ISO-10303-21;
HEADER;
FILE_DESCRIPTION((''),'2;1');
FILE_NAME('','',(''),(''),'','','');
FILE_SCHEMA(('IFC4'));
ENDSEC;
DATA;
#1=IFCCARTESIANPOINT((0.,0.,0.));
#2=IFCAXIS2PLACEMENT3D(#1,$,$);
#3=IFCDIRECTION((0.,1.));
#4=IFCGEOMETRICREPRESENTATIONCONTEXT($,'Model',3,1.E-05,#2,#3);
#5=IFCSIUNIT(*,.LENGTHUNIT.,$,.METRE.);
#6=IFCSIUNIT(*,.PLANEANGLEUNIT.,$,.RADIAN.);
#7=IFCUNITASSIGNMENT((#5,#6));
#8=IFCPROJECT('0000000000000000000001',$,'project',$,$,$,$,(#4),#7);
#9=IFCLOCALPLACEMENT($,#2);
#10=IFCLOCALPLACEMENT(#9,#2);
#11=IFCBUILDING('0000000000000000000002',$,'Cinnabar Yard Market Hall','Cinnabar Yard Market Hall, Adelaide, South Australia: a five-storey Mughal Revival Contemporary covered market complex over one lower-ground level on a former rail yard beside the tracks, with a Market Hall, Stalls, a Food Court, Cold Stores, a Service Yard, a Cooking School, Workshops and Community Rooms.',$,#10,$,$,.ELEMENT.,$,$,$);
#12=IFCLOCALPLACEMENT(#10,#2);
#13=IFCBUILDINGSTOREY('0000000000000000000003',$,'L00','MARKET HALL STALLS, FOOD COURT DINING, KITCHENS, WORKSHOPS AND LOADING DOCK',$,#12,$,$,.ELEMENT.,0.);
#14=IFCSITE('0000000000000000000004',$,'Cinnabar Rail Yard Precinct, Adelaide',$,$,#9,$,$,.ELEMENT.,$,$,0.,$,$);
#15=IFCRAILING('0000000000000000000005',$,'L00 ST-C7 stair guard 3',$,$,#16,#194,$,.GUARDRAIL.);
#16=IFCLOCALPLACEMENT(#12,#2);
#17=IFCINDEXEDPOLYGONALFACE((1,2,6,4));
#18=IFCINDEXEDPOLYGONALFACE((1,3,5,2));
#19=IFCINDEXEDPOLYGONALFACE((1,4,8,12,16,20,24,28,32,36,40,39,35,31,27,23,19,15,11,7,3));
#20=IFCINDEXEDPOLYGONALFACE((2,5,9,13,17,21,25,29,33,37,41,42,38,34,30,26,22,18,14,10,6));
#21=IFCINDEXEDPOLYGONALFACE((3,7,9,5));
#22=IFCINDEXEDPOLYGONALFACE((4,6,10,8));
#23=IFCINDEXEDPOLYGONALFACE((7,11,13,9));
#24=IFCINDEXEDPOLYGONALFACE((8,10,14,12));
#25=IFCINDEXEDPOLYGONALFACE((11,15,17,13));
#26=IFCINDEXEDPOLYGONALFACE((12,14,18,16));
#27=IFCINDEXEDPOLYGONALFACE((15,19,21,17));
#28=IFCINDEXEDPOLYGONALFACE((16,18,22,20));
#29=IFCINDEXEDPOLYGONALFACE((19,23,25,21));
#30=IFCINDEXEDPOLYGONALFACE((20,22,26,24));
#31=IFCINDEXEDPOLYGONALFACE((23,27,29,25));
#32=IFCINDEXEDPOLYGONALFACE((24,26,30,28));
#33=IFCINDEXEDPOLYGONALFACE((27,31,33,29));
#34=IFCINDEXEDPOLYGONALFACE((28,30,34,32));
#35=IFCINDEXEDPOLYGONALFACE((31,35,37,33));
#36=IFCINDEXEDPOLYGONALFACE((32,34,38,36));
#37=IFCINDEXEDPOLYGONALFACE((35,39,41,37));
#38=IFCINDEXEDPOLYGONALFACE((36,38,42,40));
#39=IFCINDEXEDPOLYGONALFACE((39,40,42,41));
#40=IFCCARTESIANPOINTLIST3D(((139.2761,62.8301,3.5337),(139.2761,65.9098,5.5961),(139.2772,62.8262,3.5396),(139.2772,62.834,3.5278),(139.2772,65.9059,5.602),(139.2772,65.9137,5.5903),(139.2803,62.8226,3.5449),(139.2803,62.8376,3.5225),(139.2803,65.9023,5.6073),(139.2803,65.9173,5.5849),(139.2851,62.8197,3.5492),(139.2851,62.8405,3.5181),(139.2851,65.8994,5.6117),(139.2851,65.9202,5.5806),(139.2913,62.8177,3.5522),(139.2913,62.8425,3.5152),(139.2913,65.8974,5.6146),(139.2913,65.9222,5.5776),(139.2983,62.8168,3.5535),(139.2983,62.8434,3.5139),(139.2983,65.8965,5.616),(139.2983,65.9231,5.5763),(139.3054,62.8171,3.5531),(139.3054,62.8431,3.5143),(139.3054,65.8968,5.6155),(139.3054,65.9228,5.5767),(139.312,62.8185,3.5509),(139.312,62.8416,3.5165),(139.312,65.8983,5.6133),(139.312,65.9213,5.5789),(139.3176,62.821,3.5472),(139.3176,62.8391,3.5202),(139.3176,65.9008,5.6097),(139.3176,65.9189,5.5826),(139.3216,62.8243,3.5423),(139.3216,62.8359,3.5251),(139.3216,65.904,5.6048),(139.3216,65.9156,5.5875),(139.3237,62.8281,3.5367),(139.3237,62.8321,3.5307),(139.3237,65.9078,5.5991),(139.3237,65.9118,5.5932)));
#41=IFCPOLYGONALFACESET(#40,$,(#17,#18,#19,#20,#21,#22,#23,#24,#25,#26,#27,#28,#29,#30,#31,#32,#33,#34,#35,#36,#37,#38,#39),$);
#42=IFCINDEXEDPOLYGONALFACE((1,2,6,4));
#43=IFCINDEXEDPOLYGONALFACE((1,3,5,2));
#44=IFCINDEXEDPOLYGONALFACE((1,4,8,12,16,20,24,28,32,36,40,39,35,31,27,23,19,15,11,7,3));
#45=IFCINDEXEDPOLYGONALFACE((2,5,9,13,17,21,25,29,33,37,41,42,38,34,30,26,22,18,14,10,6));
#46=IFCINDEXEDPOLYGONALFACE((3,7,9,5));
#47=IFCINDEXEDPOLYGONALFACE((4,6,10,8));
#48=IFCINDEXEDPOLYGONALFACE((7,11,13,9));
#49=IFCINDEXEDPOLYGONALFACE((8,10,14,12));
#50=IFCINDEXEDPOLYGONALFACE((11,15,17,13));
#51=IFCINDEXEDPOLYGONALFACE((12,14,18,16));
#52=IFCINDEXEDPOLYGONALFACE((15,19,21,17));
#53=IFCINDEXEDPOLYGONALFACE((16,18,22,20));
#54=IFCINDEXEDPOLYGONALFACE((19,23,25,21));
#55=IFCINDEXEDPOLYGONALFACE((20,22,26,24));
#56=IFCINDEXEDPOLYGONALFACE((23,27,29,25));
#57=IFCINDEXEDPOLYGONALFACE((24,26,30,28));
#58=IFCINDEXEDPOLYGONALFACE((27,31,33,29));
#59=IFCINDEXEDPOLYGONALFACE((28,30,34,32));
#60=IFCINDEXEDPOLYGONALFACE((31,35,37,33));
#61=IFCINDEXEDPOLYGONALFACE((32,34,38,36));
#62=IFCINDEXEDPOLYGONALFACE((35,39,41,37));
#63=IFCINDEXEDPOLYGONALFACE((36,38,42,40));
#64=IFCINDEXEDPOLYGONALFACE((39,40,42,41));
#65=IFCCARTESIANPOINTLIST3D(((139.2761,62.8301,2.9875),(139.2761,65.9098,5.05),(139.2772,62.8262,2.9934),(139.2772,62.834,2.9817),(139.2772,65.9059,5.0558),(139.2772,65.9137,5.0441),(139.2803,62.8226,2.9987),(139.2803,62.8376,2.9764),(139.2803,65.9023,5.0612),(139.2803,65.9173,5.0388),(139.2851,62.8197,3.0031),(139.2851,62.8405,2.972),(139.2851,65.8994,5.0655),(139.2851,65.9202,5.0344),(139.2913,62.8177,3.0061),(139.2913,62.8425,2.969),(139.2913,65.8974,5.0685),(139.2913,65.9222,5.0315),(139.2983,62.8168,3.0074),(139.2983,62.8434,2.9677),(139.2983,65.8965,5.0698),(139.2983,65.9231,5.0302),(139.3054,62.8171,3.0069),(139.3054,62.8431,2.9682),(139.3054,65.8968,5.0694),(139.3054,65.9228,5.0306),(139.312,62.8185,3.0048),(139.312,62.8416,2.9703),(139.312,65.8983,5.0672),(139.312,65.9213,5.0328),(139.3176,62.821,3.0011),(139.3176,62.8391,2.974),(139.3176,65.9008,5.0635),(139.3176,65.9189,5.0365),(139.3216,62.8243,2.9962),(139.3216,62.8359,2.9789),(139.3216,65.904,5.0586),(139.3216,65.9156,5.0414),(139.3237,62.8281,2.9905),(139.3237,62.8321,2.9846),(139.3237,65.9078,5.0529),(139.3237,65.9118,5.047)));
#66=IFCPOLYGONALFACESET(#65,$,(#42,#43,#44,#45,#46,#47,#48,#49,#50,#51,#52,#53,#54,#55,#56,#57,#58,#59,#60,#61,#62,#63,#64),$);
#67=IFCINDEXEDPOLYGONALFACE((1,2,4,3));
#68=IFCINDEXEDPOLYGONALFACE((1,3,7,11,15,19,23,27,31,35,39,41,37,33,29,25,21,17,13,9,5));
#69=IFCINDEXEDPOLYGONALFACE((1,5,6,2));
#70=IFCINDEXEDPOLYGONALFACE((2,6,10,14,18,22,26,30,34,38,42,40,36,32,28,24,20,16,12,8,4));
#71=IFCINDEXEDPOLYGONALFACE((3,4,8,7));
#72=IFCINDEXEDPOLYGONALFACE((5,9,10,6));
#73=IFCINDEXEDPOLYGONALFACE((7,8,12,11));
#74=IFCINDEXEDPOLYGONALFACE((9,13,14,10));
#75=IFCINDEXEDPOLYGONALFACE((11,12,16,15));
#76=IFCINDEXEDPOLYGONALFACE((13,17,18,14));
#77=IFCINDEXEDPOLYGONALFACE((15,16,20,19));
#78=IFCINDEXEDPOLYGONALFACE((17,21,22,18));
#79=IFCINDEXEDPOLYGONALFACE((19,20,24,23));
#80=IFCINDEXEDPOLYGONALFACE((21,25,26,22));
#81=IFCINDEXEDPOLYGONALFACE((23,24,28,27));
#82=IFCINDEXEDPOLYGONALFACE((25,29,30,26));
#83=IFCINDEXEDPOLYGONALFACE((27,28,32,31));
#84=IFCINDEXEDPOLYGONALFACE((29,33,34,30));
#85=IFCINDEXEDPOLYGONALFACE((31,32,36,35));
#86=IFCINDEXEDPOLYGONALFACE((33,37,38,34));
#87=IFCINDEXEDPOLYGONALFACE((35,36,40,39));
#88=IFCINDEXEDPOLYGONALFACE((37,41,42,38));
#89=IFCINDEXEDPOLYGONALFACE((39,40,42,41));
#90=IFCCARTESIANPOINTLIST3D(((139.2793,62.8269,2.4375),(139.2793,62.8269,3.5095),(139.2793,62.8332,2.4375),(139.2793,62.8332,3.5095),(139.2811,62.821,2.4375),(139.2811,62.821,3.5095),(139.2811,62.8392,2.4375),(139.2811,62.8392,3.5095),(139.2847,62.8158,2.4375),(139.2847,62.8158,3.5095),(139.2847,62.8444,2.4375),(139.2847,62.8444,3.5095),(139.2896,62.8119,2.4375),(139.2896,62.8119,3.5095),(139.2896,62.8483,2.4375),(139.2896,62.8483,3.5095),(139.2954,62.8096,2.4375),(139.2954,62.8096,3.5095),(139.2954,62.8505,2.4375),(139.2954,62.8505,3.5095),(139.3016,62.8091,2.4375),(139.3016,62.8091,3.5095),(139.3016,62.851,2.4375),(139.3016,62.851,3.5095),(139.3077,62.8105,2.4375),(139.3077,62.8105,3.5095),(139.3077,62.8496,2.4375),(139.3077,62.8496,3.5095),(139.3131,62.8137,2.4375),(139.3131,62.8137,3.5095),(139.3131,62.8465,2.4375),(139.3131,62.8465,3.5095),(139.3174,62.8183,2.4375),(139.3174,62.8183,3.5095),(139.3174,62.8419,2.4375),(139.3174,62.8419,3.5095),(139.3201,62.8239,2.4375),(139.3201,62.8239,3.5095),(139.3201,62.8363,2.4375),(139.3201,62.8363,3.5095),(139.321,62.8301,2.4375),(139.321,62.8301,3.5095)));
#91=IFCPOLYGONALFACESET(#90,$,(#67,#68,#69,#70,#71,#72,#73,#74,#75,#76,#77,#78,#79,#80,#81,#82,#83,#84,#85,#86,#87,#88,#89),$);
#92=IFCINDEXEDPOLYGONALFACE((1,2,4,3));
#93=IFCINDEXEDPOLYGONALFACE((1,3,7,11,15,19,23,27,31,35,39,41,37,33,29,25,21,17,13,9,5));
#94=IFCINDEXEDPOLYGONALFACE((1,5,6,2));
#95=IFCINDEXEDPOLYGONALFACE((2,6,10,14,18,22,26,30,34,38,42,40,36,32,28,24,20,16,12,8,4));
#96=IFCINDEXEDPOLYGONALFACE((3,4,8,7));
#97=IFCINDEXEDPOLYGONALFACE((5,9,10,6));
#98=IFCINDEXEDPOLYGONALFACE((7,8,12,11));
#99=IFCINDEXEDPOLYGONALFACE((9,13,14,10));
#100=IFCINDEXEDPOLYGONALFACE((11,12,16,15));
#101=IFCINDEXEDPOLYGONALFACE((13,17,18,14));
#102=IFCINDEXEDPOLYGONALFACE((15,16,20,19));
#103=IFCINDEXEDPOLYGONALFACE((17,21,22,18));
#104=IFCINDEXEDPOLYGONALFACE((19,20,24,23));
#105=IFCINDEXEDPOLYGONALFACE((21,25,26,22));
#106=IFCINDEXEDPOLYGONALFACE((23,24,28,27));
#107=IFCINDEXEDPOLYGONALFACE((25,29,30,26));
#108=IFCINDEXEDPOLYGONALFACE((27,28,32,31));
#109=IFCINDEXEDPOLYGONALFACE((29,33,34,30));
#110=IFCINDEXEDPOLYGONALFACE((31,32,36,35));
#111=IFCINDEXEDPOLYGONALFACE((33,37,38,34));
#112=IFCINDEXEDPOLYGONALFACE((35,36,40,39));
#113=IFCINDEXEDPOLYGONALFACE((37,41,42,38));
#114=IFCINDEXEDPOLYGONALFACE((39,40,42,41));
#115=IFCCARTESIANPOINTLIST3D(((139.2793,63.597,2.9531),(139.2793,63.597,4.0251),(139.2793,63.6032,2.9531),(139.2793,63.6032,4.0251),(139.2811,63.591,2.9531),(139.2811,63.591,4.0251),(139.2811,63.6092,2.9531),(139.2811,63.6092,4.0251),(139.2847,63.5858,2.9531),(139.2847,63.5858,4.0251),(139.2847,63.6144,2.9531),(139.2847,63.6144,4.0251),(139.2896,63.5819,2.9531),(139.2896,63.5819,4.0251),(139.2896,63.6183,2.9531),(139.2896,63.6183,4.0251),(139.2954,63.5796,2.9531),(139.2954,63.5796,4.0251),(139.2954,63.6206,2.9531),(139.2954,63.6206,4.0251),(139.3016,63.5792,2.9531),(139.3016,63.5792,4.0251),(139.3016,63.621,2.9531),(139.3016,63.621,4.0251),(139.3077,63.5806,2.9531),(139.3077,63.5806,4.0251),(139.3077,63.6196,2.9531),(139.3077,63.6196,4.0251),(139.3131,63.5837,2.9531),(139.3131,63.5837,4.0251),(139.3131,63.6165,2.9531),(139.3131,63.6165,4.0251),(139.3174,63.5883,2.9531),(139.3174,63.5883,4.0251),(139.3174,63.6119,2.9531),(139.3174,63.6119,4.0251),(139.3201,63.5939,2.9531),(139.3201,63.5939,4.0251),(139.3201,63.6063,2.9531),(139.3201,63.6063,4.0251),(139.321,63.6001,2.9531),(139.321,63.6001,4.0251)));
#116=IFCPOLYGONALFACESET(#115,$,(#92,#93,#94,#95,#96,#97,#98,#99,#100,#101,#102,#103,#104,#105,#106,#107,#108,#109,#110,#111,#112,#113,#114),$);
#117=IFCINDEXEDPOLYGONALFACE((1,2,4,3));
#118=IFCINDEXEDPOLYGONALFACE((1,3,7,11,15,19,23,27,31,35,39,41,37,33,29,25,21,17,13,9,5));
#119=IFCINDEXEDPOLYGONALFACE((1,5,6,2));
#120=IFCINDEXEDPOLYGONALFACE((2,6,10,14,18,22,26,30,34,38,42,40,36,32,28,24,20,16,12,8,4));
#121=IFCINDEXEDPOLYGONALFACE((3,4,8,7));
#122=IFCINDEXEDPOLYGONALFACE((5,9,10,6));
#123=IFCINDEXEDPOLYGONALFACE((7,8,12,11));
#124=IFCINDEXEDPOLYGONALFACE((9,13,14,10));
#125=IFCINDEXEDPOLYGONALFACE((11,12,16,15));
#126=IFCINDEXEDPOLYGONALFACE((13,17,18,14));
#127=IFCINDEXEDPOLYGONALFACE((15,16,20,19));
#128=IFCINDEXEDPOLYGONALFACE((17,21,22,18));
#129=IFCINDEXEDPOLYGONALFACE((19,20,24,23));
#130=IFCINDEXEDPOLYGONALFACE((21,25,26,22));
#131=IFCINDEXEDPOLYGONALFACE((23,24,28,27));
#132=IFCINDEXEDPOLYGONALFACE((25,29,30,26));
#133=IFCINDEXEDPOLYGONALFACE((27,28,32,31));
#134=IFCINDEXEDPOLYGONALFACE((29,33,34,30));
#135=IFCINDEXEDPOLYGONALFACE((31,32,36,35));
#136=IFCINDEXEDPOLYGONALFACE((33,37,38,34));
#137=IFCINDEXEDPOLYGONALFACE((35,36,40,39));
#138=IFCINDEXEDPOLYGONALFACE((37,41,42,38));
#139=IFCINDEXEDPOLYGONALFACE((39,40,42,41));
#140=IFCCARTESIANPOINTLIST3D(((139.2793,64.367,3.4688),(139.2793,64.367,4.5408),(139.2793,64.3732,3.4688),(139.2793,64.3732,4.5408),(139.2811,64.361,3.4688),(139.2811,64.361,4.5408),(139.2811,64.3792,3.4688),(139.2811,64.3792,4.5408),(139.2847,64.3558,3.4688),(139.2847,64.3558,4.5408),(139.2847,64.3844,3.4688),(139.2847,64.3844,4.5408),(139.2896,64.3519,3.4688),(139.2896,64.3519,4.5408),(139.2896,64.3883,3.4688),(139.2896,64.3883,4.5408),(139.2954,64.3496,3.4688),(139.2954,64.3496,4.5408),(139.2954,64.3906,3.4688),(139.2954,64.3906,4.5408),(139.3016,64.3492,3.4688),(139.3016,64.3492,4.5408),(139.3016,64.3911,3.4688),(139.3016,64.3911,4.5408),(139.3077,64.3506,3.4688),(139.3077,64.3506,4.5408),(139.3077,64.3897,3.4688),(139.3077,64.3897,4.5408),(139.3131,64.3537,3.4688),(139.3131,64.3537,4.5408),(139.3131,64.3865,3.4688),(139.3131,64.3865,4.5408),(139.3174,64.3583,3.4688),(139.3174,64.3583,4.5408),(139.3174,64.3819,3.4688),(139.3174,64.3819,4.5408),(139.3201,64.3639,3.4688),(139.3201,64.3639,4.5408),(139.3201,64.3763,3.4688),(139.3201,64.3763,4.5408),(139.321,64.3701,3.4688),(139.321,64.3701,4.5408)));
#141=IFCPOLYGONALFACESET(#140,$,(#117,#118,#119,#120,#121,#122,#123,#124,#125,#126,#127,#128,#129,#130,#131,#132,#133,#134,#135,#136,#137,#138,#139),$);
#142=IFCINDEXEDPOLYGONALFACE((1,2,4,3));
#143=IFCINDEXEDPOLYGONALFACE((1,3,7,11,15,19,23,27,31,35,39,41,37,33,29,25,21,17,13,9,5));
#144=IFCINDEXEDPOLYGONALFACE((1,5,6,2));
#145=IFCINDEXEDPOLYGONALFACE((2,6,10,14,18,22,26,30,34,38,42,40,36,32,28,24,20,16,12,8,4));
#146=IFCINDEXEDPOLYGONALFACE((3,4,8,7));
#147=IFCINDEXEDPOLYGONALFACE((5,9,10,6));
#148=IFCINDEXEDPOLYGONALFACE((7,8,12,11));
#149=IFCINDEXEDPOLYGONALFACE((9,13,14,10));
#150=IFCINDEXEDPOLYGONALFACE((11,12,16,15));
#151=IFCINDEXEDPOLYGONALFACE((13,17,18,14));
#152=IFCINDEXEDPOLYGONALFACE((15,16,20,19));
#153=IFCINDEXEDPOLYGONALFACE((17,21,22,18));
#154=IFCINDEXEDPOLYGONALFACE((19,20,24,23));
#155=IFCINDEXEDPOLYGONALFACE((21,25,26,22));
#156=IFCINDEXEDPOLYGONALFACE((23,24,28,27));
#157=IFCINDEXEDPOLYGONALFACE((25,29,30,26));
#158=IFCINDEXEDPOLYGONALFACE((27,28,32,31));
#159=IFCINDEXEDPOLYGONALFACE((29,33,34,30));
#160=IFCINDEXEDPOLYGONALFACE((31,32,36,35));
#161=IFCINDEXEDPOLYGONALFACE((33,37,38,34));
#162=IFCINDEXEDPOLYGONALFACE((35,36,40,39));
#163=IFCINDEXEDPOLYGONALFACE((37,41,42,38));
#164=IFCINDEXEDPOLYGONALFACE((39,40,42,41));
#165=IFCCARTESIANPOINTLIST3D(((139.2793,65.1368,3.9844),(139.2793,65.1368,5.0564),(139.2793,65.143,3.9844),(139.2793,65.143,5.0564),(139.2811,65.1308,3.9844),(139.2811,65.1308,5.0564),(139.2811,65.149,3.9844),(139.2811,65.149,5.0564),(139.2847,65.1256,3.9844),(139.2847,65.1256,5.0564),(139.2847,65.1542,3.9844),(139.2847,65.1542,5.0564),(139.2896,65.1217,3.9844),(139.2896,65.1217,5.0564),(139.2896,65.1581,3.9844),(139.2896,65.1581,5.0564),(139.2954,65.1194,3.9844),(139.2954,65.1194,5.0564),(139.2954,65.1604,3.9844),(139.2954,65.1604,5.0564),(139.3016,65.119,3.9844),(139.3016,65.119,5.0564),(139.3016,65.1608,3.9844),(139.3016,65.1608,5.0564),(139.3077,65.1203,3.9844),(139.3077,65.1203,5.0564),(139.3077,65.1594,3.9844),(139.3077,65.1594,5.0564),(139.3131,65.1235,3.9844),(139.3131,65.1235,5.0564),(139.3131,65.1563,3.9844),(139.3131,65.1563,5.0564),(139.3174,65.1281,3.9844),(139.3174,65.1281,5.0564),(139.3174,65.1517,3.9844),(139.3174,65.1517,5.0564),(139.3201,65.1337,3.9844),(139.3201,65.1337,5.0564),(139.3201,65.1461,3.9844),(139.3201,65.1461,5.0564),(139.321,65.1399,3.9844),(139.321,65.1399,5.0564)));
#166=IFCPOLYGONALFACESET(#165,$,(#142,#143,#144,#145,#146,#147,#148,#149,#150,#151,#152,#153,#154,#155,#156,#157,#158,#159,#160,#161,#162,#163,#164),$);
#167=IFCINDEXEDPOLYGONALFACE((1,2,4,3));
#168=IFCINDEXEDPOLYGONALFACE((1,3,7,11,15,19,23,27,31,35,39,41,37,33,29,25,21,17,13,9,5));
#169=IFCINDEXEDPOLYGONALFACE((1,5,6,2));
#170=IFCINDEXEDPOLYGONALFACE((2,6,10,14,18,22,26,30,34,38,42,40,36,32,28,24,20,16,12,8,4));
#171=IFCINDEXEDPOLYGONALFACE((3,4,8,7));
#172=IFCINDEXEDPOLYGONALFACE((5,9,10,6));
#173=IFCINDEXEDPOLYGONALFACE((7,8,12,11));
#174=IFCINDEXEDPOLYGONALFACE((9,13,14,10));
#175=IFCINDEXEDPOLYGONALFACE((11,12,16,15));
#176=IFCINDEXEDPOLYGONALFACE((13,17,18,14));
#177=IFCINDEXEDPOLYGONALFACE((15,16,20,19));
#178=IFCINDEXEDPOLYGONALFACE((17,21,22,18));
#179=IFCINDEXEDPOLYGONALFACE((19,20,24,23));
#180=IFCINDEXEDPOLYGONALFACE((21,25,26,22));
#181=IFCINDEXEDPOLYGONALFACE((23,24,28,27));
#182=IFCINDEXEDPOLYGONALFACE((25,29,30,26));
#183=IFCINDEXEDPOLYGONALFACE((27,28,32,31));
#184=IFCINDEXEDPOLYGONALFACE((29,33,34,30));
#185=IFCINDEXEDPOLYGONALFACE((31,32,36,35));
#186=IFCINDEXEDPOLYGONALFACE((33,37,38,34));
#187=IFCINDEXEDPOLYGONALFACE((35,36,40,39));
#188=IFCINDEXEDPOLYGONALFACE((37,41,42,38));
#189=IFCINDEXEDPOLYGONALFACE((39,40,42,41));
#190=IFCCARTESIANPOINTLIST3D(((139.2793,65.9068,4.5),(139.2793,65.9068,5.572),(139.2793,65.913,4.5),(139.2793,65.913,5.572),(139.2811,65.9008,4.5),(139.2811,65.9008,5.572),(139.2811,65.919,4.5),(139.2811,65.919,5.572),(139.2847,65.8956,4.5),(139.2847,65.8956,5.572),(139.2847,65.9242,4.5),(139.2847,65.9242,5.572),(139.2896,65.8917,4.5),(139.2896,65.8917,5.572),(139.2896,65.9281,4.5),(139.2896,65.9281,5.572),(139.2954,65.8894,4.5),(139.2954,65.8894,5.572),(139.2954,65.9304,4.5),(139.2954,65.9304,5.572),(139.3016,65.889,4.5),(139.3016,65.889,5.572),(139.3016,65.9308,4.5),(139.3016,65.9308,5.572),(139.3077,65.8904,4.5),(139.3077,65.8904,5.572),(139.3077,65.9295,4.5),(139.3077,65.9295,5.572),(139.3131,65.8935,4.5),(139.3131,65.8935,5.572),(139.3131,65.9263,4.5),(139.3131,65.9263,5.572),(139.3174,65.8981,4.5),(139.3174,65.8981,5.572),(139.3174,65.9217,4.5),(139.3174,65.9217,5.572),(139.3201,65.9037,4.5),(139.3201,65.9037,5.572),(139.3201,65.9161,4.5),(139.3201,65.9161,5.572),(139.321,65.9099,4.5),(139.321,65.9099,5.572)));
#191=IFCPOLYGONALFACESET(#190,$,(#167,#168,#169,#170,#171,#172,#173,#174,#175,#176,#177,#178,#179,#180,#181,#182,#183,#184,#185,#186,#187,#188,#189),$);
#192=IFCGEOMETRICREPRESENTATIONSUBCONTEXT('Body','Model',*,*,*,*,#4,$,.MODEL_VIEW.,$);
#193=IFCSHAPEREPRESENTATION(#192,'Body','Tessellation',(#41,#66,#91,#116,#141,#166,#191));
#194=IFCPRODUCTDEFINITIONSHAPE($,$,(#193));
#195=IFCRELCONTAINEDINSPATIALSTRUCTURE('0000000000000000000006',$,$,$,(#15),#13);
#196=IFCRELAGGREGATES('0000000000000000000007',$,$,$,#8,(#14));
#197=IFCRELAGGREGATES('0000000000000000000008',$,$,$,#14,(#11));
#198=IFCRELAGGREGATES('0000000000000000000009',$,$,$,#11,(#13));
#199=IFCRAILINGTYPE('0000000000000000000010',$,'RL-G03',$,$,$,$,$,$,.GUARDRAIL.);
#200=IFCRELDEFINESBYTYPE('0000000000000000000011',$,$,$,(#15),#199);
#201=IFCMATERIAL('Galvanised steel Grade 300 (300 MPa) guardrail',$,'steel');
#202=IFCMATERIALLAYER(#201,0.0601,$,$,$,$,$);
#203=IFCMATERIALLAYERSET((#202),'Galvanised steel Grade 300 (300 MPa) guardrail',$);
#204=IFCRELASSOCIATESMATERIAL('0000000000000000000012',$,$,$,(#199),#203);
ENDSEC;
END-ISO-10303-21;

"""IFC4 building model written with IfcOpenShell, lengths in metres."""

from ifc_helpers import new_model, si_unit, direction, frame, origin, origin_2d_with_axis, place, context, subcontext, project, spatial, circle, extrude, material, layer, layer_set, type_object, element, save


model = new_model("IFC4")

# Units and contexts
model_context = context("Model", 3, precision=1e-05, world=origin(), true_north=direction((0.0, 1.0)))
body_context = subcontext(model_context, "Body", "Model", "MODEL_VIEW")
ifc_project = project(units=[si_unit("LENGTHUNIT", "METRE"), si_unit("PLANEANGLEUNIT", "RADIAN")], contexts=[model_context])

# Site, building, storey
site_placement = place(None, origin())
site = spatial("IfcSite", under=ifc_project, at=site_placement, Name="Cinnabar Rail Yard Precinct, Adelaide", CompositionType="ELEMENT", RefElevation=0.0)
building_placement = place(site_placement, origin())
building = spatial("IfcBuilding", under=site, at=building_placement, Name="Cinnabar Yard Market Hall", Description="Cinnabar Yard Market Hall, Adelaide, South Australia: a five-storey Mughal Revival Contemporary covered market complex over one lower-ground level on a former rail yard beside the tracks, with a Market Hall, Stalls, a Food Court, Cold Stores, a Service Yard, a Cooking School, Workshops and Community Rooms.", CompositionType="ELEMENT")
storey_placement = place(building_placement, origin())
storey = spatial("IfcBuildingStorey", under=building, at=storey_placement, Name="L00", Description="MARKET HALL STALLS, FOOD COURT DINING, KITCHENS, WORKSHOPS AND LOADING DOCK", CompositionType="ELEMENT", Elevation=0.0)

# Railing
ifc_material_1 = material(Name="Galvanised steel Grade 300 (300 MPa) guardrail", Category="steel")
ifc_layer_1 = layer(ifc_material_1, 0.0601)
ifc_layer_set_1 = layer_set([ifc_layer_1], Name="Galvanised steel Grade 300 (300 MPa) guardrail")
railing_type_1 = type_object("IfcRailingType", Name="RL-G03", PredefinedType="GUARDRAIL", material=ifc_layer_set_1)
railing_1_placement = place(storey_placement, frame((139.3, 62.8301, 2.4375)))
element("IfcRailing", 1, at=railing_1_placement, inside=storey, type_object=railing_type_1, Name="L00 ST-C7 stair guard 3", PredefinedType="GUARDRAIL", context=body_context, shape_type="SweptSolid", body=[
    extrude(circle(Radius=0.0239, at=origin_2d_with_axis()), frame((0.0, 0.0, 1.0962), z_axis=(0.0, 0.830893, 0.556432), x_axis=(-1.0, 0.0, 0.0)), (0.0, 0.0, 1.0), 3.7065),
    extrude(circle(Radius=0.0239, at=origin_2d_with_axis()), frame((0.0, 0.0, 0.55), z_axis=(0.0, 0.830893, 0.556432), x_axis=(-1.0, 0.0, 0.0)), (0.0, 0.0, 1.0), 3.7065),
    extrude(circle(Radius=0.021, at=origin_2d_with_axis()), origin(), (0.0, 0.0, 1.0), 1.072),
    extrude(circle(Radius=0.021, at=origin_2d_with_axis()), frame((0.0, 0.77, 0.5156)), (0.0, 0.0, 1.0), 1.072),
    extrude(circle(Radius=0.021, at=origin_2d_with_axis()), frame((0.0, 1.54, 1.0312)), (0.0, 0.0, 1.0), 1.072),
    extrude(circle(Radius=0.021, at=origin_2d_with_axis()), frame((0.0, 2.3098, 1.5469)), (0.0, 0.0, 1.0), 1.072),
    extrude(circle(Radius=0.021, at=origin_2d_with_axis()), frame((0.0, 3.0798, 2.0625)), (0.0, 0.0, 1.0), 1.072),
])

save(model, "model.ifc")
